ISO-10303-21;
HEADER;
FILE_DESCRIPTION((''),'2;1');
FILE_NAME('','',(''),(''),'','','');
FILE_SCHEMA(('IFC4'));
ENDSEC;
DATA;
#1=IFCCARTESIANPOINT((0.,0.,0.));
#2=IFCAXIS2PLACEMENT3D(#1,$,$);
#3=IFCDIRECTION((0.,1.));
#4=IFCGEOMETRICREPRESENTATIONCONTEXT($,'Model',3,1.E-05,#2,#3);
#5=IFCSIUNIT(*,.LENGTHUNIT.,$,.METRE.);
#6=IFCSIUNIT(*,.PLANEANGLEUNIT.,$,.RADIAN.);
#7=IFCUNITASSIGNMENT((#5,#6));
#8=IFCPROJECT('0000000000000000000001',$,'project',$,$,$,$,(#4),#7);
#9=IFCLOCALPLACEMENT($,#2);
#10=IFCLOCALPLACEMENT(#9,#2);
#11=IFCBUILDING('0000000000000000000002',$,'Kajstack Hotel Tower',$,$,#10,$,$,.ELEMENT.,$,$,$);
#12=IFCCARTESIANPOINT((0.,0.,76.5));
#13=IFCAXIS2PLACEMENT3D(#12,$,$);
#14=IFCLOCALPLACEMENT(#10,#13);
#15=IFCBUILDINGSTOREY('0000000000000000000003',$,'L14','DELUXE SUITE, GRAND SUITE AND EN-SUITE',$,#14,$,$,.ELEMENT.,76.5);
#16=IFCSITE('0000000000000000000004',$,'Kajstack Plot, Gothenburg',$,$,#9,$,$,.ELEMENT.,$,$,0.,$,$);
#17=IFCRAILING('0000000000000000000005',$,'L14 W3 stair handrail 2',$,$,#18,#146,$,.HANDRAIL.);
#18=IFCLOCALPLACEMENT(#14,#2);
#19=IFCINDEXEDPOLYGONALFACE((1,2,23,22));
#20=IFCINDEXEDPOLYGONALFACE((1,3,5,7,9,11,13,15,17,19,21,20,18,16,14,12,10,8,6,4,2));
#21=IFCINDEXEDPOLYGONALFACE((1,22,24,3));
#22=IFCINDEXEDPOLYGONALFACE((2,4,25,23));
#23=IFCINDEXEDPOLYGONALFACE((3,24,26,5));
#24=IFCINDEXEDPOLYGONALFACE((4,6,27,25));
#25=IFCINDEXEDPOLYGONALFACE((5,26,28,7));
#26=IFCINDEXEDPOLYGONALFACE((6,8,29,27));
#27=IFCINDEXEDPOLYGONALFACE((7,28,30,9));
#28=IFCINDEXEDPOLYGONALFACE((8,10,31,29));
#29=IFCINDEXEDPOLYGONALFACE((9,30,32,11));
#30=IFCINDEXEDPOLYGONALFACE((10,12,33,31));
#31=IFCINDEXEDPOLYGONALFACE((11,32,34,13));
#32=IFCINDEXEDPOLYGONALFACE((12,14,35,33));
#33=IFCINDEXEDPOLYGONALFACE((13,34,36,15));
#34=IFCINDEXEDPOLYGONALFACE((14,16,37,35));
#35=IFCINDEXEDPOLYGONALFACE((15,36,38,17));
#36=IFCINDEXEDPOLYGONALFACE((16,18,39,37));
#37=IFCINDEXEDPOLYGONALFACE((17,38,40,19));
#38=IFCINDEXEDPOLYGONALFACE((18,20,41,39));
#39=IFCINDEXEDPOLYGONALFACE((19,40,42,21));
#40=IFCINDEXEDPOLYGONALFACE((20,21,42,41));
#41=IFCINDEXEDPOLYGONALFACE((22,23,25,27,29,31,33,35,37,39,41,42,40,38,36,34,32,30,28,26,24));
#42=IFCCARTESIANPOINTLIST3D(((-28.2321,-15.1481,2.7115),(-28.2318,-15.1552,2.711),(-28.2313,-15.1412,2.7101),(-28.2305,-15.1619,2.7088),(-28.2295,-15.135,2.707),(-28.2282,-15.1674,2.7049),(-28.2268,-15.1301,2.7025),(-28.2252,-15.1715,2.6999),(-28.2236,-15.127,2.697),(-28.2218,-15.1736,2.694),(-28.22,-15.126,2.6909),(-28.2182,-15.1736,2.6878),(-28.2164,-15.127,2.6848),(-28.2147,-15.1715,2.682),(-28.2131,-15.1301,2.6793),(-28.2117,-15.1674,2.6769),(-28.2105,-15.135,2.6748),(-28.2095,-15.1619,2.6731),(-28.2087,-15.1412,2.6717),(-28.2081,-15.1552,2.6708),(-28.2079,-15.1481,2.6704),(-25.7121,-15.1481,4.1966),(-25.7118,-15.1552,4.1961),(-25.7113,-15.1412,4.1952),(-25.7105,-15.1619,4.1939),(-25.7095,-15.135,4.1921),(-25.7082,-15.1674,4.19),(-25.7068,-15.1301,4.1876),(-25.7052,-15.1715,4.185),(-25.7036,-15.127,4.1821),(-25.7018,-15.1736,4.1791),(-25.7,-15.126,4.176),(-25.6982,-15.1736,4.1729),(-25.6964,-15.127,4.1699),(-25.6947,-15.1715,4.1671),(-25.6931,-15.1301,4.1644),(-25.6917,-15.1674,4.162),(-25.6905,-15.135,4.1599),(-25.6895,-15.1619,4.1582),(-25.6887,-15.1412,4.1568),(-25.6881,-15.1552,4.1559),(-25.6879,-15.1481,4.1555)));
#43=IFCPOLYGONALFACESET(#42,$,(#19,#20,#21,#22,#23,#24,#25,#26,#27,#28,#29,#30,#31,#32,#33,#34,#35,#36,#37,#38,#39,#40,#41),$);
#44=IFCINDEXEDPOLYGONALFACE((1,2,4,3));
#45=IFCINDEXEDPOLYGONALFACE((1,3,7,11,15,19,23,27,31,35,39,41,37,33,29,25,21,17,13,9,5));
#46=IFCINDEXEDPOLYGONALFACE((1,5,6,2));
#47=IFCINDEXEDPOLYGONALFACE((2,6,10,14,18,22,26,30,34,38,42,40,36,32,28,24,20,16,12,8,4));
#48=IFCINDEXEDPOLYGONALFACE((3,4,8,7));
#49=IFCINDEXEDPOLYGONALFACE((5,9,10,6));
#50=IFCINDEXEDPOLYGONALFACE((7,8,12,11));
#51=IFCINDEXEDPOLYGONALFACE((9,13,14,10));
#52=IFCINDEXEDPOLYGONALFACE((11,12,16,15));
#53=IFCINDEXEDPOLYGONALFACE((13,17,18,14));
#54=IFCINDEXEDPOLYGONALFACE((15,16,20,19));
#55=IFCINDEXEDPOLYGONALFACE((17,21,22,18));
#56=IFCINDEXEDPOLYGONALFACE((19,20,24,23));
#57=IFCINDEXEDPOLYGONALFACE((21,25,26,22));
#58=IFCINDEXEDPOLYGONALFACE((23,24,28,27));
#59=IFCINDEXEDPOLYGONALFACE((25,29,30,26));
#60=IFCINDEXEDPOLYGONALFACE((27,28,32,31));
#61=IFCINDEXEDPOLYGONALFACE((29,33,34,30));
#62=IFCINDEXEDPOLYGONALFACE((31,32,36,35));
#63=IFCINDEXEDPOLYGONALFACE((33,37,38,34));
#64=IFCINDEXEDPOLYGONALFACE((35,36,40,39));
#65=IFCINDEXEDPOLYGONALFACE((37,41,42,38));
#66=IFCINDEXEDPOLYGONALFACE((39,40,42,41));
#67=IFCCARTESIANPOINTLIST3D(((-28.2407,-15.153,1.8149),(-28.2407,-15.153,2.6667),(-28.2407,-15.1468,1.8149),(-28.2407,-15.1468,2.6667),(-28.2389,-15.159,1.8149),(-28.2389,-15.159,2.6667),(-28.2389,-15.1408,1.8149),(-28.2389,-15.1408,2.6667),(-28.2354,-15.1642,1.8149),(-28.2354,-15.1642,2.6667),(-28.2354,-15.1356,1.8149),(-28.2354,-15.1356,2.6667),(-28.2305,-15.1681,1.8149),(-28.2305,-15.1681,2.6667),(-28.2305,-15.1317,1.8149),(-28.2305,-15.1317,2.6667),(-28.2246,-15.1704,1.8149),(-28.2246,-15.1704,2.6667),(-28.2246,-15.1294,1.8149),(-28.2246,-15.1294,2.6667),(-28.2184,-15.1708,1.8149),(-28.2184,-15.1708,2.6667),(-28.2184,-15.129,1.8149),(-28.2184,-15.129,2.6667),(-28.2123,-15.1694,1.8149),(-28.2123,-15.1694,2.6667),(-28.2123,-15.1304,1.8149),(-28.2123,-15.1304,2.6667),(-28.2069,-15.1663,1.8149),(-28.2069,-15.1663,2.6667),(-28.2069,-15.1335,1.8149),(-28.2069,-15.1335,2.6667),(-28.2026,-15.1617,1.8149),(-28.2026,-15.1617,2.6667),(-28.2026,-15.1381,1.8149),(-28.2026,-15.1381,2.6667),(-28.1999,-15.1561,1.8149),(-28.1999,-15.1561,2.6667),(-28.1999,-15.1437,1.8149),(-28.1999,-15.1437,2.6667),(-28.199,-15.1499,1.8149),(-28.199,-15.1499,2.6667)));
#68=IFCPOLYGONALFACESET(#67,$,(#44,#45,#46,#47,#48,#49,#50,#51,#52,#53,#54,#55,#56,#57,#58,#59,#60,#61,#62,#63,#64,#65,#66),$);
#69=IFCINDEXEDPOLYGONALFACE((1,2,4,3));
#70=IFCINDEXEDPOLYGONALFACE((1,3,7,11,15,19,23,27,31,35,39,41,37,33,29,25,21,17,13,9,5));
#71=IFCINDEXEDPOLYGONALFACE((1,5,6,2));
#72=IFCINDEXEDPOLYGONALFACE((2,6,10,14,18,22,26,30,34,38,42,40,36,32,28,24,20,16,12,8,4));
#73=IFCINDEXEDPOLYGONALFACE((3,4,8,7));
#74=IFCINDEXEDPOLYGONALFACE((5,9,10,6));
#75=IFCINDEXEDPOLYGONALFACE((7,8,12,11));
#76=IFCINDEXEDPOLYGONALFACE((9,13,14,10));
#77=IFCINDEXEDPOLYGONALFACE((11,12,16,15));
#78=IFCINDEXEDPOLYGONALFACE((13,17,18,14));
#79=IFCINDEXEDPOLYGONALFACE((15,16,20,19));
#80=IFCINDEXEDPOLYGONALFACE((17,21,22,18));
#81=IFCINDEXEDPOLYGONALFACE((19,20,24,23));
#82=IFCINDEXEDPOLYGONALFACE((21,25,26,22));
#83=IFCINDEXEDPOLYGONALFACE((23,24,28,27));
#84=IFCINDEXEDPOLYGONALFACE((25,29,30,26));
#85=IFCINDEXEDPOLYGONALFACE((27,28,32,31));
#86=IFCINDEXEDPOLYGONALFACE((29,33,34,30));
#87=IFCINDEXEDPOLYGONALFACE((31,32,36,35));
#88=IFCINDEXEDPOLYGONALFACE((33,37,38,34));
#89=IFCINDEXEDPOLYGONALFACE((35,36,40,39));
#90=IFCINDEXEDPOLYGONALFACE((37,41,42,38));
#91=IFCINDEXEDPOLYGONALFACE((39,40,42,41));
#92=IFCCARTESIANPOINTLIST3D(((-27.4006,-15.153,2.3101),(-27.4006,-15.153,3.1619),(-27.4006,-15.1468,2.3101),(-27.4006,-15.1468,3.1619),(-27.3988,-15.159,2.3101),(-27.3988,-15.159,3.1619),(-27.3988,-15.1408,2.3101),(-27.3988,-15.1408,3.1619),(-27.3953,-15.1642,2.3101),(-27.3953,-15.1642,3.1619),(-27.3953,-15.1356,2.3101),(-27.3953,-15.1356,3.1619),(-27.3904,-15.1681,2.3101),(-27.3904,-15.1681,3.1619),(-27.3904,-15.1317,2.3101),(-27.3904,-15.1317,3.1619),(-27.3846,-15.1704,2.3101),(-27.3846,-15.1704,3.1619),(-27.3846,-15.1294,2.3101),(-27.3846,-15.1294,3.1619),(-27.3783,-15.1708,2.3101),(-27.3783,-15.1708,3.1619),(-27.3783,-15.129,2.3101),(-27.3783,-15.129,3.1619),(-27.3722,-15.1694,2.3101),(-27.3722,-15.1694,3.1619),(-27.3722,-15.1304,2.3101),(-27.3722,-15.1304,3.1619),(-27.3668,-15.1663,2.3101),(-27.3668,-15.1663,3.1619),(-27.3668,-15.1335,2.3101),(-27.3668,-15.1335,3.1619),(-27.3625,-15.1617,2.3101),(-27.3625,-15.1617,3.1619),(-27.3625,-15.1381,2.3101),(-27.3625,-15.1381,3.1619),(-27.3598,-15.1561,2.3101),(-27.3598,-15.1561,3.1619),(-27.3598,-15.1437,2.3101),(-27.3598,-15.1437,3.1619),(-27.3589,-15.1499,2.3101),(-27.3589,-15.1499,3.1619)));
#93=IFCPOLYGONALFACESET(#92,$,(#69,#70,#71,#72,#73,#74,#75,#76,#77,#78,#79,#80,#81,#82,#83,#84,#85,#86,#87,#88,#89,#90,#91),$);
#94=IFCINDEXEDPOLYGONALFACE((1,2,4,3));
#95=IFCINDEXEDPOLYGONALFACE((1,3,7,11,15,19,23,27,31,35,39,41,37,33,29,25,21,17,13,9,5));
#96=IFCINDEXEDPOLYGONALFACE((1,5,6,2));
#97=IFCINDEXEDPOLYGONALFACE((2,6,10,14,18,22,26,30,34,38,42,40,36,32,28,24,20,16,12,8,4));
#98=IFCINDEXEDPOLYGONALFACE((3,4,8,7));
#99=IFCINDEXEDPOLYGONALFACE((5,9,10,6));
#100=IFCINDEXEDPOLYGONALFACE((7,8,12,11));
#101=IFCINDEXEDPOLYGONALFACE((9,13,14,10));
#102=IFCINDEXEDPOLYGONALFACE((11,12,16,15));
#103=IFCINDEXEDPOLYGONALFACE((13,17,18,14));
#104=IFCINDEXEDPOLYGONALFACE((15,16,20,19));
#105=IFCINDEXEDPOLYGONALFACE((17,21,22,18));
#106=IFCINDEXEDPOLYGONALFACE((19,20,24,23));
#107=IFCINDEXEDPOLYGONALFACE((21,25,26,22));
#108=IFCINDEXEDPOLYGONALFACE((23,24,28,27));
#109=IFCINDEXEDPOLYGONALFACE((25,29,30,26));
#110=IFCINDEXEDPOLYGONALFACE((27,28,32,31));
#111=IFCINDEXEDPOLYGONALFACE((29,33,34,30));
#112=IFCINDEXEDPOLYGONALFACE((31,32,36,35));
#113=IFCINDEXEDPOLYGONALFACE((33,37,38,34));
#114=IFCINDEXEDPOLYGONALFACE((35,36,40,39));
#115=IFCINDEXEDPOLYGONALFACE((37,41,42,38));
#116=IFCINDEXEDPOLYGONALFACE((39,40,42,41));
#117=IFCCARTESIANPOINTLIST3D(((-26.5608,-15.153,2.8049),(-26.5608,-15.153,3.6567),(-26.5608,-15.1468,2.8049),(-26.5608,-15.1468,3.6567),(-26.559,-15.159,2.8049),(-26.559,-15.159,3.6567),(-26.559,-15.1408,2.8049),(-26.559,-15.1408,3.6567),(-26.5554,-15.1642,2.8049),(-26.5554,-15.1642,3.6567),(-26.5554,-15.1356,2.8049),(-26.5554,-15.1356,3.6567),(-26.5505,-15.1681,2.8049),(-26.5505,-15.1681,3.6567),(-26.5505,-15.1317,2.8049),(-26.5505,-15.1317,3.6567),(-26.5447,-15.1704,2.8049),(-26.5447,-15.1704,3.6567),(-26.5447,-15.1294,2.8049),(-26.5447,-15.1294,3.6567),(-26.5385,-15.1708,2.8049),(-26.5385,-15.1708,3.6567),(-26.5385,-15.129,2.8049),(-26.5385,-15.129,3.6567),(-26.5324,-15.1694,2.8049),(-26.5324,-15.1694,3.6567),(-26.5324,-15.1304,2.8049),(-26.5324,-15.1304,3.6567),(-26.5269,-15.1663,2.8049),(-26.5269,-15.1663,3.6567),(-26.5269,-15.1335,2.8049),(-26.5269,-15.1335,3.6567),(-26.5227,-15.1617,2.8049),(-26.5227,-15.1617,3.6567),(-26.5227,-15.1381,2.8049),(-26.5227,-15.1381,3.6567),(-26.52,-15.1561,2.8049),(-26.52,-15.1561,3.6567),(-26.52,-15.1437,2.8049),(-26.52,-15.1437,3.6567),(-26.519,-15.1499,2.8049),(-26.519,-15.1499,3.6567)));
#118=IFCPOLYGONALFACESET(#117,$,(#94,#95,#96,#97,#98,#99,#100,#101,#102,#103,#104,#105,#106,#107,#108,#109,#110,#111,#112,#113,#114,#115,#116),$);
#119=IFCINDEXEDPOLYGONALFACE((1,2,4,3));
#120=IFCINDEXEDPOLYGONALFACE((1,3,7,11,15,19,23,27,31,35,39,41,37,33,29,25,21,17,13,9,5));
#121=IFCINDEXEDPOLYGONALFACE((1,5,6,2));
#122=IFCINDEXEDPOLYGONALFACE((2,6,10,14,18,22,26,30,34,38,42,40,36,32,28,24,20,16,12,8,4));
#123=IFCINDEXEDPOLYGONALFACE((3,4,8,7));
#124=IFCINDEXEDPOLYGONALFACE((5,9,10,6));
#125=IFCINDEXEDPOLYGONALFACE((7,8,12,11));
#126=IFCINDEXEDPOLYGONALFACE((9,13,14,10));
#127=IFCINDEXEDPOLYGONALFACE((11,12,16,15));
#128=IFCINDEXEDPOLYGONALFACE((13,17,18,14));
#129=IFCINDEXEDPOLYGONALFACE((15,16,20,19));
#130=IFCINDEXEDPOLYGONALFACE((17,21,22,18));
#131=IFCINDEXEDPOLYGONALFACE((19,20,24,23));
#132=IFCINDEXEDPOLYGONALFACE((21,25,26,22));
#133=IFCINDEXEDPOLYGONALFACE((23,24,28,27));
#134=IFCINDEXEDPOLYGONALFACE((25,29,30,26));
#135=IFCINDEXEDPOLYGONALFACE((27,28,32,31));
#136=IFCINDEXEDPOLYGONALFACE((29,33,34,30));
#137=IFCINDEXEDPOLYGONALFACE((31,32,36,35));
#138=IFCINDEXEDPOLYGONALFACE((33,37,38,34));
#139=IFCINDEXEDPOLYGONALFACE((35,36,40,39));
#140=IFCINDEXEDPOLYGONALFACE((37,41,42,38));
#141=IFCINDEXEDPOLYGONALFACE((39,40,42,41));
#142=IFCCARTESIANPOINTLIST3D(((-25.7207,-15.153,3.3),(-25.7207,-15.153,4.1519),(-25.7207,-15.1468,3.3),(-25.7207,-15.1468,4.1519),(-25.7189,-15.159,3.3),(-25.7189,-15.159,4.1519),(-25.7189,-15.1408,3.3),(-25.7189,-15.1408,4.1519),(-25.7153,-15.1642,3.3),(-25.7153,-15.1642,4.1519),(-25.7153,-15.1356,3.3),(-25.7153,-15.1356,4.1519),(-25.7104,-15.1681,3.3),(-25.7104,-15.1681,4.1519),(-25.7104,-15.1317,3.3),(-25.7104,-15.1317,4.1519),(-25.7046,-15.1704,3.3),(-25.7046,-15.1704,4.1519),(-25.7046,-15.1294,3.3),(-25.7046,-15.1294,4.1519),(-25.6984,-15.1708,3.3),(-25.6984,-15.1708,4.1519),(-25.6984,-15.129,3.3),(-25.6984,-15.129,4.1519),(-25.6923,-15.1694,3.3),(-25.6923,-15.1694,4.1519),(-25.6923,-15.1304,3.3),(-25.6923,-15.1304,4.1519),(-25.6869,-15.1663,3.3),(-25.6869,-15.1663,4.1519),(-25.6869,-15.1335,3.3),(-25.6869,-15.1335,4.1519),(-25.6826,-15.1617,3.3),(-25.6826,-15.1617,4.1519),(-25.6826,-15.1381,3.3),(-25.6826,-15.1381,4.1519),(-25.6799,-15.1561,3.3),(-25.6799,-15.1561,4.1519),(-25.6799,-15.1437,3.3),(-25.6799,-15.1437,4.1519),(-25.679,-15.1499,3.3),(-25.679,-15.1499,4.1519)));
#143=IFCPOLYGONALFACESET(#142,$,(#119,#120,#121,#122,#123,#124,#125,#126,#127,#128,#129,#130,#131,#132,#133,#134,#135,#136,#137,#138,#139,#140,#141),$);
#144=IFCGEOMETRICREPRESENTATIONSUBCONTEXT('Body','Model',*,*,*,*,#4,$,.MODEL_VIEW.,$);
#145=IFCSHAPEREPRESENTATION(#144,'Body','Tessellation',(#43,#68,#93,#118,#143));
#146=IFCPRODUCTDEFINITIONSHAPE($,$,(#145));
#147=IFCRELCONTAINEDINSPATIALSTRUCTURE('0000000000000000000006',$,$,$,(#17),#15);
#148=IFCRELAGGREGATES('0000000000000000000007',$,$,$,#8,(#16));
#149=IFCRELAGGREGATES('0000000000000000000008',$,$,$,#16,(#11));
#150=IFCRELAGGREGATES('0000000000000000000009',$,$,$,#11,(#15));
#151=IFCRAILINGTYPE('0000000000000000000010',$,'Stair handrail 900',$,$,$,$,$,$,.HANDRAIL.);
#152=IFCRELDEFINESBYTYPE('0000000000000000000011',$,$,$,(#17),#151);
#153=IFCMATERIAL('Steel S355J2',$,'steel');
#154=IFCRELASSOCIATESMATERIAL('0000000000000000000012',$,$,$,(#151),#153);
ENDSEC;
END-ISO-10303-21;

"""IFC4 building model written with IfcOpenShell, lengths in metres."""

from ifc_helpers import new_model, si_unit, direction, frame, origin, origin_2d, place, context, subcontext, project, spatial, circle, extrude, material, type_object, element, save


model = new_model("IFC4")

# Units and contexts
model_context = context("Model", 3, precision=1e-05, world=origin(), true_north=direction((0.0, 1.0)))
body_context = subcontext(model_context, "Body", "Model", "MODEL_VIEW")
ifc_project = project(units=[si_unit("LENGTHUNIT", "METRE"), si_unit("PLANEANGLEUNIT", "RADIAN")], contexts=[model_context])

# Site, building, storey
site_placement = place(None, origin())
site = spatial("IfcSite", under=ifc_project, at=site_placement, Name="Kajstack Plot, Gothenburg", CompositionType="ELEMENT", RefElevation=0.0)
building_placement = place(site_placement, origin())
building = spatial("IfcBuilding", under=site, at=building_placement, Name="Kajstack Hotel Tower", CompositionType="ELEMENT")
storey_placement = place(building_placement, frame((0.0, 0.0, 76.5)))
storey = spatial("IfcBuildingStorey", under=building, at=storey_placement, Name="L14", Description="DELUXE SUITE, GRAND SUITE AND EN-SUITE", CompositionType="ELEMENT", Elevation=76.5)

# Railing
ifc_material_1 = material(Name="Steel S355J2", Category="steel")
railing_type = type_object("IfcRailingType", Name="Stair handrail 900", PredefinedType="HANDRAIL", material=ifc_material_1)
railing_1_placement = place(storey_placement, frame((-28.22, -15.1499, 1.8149)))
element("IfcRailing", 1, at=railing_1_placement, inside=storey, type_object=railing_type, Name="L14 W3 stair handrail 2", PredefinedType="HANDRAIL", context=body_context, shape_type="SweptSolid", body=[
    extrude(circle(Radius=0.0239, at=origin_2d()), frame((0.0, 0.0, 0.876), z_axis=(0.861524, 0.0, 0.507717), x_axis=(0.0, 1.0, 0.0)), (0.0, 0.0, 1.0), 2.925),
    extrude(circle(Radius=0.021, at=origin_2d()), origin(), (0.0, 0.0, 1.0), 0.8518),
    extrude(circle(Radius=0.021, at=origin_2d()), frame((0.8401, 0.0, 0.4951)), (0.0, 0.0, 1.0), 0.8518),
    extrude(circle(Radius=0.021, at=origin_2d()), frame((1.6799, 0.0, 0.99)), (0.0, 0.0, 1.0), 0.8518),
    extrude(circle(Radius=0.021, at=origin_2d()), frame((2.52, 0.0, 1.4851)), (0.0, 0.0, 1.0), 0.8518),
])

save(model, "model.ifc")
